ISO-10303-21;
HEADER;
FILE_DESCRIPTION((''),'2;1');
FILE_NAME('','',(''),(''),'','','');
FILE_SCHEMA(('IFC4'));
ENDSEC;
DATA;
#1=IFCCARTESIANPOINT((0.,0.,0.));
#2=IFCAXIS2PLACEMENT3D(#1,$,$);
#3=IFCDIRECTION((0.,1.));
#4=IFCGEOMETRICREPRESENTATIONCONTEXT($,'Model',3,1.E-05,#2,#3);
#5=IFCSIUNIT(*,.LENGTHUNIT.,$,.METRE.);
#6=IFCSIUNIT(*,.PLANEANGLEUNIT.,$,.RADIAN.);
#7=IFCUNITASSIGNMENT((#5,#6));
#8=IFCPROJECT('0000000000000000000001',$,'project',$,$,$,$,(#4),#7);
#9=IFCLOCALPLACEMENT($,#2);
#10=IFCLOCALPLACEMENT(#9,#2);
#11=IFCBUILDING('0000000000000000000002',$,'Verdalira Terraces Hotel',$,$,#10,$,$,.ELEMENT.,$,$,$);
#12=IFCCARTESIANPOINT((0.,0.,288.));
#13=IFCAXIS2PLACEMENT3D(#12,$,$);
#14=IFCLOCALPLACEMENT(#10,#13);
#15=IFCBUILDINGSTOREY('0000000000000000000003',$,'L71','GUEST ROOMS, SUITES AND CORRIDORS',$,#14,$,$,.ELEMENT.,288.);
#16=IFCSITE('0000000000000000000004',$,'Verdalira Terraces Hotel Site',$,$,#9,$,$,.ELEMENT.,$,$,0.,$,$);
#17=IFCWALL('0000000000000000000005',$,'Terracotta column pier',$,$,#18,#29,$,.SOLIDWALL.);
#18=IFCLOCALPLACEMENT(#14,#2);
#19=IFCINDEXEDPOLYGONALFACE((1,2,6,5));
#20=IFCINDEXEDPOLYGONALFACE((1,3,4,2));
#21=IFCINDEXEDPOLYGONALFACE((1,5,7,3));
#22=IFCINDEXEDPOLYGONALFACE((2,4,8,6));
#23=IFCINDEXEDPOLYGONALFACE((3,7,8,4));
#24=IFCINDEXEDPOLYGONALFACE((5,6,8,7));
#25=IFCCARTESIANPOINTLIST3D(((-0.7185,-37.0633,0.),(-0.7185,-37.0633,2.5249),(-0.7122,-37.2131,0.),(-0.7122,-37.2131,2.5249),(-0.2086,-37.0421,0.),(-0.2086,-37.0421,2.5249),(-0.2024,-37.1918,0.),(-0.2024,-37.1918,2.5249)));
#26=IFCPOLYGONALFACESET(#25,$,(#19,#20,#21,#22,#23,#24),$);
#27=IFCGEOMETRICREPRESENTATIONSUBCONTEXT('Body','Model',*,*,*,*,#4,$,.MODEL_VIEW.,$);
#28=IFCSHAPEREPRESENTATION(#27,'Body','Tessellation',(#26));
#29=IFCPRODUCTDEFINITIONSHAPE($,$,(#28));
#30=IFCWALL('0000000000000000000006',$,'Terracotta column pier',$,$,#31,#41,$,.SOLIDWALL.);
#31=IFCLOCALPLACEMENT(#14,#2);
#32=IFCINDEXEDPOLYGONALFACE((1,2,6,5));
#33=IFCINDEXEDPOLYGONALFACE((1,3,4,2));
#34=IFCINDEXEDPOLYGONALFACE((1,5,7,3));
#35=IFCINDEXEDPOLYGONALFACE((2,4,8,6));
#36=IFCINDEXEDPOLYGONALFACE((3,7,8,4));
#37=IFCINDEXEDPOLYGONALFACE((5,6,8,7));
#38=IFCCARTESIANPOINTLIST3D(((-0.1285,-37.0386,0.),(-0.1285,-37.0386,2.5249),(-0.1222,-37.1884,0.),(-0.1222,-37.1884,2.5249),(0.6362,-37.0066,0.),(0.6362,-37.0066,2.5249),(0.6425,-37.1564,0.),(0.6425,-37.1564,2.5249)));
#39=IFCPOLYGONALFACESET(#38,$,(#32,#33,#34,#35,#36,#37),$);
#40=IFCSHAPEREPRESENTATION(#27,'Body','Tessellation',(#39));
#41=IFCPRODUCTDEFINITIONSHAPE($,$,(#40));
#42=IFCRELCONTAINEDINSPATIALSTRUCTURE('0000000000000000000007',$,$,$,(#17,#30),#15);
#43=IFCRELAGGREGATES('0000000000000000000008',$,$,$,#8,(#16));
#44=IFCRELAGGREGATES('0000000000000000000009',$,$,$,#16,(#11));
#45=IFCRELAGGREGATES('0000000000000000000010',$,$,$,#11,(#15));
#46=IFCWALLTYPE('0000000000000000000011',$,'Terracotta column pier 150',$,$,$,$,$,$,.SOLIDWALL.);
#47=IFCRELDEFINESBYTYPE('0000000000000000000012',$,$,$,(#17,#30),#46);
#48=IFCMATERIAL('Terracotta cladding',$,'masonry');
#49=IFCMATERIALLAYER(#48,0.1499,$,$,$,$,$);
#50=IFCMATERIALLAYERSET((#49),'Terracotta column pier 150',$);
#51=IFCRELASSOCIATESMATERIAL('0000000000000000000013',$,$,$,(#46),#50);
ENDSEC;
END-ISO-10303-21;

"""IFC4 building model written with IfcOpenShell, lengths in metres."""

from ifc_helpers import new_model, si_unit, direction, frame, frame_2d, origin, place, context, subcontext, project, spatial, rectangle, extrude, material, layer, layer_set, type_object, element, save


model = new_model("IFC4")

# Units and contexts
model_context = context("Model", 3, precision=1e-05, world=origin(), true_north=direction((0.0, 1.0)))
body_context = subcontext(model_context, "Body", "Model", "MODEL_VIEW")
ifc_project = project(units=[si_unit("LENGTHUNIT", "METRE"), si_unit("PLANEANGLEUNIT", "RADIAN")], contexts=[model_context])

# Site, building, storey
site_placement = place(None, origin())
site = spatial("IfcSite", under=ifc_project, at=site_placement, Name="Verdalira Terraces Hotel Site", CompositionType="ELEMENT", RefElevation=0.0)
building_placement = place(site_placement, origin())
building = spatial("IfcBuilding", under=site, at=building_placement, Name="Verdalira Terraces Hotel", CompositionType="ELEMENT")
storey_placement = place(building_placement, frame((0.0, 0.0, 288.0)))
storey = spatial("IfcBuildingStorey", under=building, at=storey_placement, Name="L71", Description="GUEST ROOMS, SUITES AND CORRIDORS", CompositionType="ELEMENT", Elevation=288.0)

# Walls
ifc_material_1 = material(Name="Terracotta cladding", Category="masonry")
ifc_layer_1 = layer(ifc_material_1, 0.1499)
ifc_layer_set_1 = layer_set([ifc_layer_1], Name="Terracotta column pier 150")
wall_type_1 = type_object("IfcWallType", Name="Terracotta column pier 150", PredefinedType="SOLIDWALL", material=ifc_layer_set_1)
wall_1_placement = place(storey_placement, frame((-0.7153, -37.1382, 0.0), z_axis=(0.0, 0.0, 1.0), x_axis=(0.999133, 0.041631, 0.0)))
element("IfcWall", 1, at=wall_1_placement, inside=storey, type_object=wall_type_1, Name="Terracotta column pier", PredefinedType="SOLIDWALL", context=body_context, shape_type="SweptSolid", body=[
    extrude(rectangle(XDim=0.5103, YDim=0.1499, at=frame_2d((0.2551, 0.0))), origin(), (0.0, 0.0, 1.0), 2.5249),
])
wall_2_placement = place(storey_placement, frame((-0.1255, -37.1135, 0.0), z_axis=(0.0, 0.0, 1.0), x_axis=(0.999126, 0.04179, 0.0)))
element("IfcWall", 2, at=wall_2_placement, inside=storey, type_object=wall_type_1, Name="Terracotta column pier", PredefinedType="SOLIDWALL", context=body_context, shape_type="SweptSolid", body=[
    extrude(rectangle(XDim=0.7654, YDim=0.1499, at=frame_2d((0.3828, 0.0))), origin(), (0.0, 0.0, 1.0), 2.5249),
])

save(model, "model.ifc")
